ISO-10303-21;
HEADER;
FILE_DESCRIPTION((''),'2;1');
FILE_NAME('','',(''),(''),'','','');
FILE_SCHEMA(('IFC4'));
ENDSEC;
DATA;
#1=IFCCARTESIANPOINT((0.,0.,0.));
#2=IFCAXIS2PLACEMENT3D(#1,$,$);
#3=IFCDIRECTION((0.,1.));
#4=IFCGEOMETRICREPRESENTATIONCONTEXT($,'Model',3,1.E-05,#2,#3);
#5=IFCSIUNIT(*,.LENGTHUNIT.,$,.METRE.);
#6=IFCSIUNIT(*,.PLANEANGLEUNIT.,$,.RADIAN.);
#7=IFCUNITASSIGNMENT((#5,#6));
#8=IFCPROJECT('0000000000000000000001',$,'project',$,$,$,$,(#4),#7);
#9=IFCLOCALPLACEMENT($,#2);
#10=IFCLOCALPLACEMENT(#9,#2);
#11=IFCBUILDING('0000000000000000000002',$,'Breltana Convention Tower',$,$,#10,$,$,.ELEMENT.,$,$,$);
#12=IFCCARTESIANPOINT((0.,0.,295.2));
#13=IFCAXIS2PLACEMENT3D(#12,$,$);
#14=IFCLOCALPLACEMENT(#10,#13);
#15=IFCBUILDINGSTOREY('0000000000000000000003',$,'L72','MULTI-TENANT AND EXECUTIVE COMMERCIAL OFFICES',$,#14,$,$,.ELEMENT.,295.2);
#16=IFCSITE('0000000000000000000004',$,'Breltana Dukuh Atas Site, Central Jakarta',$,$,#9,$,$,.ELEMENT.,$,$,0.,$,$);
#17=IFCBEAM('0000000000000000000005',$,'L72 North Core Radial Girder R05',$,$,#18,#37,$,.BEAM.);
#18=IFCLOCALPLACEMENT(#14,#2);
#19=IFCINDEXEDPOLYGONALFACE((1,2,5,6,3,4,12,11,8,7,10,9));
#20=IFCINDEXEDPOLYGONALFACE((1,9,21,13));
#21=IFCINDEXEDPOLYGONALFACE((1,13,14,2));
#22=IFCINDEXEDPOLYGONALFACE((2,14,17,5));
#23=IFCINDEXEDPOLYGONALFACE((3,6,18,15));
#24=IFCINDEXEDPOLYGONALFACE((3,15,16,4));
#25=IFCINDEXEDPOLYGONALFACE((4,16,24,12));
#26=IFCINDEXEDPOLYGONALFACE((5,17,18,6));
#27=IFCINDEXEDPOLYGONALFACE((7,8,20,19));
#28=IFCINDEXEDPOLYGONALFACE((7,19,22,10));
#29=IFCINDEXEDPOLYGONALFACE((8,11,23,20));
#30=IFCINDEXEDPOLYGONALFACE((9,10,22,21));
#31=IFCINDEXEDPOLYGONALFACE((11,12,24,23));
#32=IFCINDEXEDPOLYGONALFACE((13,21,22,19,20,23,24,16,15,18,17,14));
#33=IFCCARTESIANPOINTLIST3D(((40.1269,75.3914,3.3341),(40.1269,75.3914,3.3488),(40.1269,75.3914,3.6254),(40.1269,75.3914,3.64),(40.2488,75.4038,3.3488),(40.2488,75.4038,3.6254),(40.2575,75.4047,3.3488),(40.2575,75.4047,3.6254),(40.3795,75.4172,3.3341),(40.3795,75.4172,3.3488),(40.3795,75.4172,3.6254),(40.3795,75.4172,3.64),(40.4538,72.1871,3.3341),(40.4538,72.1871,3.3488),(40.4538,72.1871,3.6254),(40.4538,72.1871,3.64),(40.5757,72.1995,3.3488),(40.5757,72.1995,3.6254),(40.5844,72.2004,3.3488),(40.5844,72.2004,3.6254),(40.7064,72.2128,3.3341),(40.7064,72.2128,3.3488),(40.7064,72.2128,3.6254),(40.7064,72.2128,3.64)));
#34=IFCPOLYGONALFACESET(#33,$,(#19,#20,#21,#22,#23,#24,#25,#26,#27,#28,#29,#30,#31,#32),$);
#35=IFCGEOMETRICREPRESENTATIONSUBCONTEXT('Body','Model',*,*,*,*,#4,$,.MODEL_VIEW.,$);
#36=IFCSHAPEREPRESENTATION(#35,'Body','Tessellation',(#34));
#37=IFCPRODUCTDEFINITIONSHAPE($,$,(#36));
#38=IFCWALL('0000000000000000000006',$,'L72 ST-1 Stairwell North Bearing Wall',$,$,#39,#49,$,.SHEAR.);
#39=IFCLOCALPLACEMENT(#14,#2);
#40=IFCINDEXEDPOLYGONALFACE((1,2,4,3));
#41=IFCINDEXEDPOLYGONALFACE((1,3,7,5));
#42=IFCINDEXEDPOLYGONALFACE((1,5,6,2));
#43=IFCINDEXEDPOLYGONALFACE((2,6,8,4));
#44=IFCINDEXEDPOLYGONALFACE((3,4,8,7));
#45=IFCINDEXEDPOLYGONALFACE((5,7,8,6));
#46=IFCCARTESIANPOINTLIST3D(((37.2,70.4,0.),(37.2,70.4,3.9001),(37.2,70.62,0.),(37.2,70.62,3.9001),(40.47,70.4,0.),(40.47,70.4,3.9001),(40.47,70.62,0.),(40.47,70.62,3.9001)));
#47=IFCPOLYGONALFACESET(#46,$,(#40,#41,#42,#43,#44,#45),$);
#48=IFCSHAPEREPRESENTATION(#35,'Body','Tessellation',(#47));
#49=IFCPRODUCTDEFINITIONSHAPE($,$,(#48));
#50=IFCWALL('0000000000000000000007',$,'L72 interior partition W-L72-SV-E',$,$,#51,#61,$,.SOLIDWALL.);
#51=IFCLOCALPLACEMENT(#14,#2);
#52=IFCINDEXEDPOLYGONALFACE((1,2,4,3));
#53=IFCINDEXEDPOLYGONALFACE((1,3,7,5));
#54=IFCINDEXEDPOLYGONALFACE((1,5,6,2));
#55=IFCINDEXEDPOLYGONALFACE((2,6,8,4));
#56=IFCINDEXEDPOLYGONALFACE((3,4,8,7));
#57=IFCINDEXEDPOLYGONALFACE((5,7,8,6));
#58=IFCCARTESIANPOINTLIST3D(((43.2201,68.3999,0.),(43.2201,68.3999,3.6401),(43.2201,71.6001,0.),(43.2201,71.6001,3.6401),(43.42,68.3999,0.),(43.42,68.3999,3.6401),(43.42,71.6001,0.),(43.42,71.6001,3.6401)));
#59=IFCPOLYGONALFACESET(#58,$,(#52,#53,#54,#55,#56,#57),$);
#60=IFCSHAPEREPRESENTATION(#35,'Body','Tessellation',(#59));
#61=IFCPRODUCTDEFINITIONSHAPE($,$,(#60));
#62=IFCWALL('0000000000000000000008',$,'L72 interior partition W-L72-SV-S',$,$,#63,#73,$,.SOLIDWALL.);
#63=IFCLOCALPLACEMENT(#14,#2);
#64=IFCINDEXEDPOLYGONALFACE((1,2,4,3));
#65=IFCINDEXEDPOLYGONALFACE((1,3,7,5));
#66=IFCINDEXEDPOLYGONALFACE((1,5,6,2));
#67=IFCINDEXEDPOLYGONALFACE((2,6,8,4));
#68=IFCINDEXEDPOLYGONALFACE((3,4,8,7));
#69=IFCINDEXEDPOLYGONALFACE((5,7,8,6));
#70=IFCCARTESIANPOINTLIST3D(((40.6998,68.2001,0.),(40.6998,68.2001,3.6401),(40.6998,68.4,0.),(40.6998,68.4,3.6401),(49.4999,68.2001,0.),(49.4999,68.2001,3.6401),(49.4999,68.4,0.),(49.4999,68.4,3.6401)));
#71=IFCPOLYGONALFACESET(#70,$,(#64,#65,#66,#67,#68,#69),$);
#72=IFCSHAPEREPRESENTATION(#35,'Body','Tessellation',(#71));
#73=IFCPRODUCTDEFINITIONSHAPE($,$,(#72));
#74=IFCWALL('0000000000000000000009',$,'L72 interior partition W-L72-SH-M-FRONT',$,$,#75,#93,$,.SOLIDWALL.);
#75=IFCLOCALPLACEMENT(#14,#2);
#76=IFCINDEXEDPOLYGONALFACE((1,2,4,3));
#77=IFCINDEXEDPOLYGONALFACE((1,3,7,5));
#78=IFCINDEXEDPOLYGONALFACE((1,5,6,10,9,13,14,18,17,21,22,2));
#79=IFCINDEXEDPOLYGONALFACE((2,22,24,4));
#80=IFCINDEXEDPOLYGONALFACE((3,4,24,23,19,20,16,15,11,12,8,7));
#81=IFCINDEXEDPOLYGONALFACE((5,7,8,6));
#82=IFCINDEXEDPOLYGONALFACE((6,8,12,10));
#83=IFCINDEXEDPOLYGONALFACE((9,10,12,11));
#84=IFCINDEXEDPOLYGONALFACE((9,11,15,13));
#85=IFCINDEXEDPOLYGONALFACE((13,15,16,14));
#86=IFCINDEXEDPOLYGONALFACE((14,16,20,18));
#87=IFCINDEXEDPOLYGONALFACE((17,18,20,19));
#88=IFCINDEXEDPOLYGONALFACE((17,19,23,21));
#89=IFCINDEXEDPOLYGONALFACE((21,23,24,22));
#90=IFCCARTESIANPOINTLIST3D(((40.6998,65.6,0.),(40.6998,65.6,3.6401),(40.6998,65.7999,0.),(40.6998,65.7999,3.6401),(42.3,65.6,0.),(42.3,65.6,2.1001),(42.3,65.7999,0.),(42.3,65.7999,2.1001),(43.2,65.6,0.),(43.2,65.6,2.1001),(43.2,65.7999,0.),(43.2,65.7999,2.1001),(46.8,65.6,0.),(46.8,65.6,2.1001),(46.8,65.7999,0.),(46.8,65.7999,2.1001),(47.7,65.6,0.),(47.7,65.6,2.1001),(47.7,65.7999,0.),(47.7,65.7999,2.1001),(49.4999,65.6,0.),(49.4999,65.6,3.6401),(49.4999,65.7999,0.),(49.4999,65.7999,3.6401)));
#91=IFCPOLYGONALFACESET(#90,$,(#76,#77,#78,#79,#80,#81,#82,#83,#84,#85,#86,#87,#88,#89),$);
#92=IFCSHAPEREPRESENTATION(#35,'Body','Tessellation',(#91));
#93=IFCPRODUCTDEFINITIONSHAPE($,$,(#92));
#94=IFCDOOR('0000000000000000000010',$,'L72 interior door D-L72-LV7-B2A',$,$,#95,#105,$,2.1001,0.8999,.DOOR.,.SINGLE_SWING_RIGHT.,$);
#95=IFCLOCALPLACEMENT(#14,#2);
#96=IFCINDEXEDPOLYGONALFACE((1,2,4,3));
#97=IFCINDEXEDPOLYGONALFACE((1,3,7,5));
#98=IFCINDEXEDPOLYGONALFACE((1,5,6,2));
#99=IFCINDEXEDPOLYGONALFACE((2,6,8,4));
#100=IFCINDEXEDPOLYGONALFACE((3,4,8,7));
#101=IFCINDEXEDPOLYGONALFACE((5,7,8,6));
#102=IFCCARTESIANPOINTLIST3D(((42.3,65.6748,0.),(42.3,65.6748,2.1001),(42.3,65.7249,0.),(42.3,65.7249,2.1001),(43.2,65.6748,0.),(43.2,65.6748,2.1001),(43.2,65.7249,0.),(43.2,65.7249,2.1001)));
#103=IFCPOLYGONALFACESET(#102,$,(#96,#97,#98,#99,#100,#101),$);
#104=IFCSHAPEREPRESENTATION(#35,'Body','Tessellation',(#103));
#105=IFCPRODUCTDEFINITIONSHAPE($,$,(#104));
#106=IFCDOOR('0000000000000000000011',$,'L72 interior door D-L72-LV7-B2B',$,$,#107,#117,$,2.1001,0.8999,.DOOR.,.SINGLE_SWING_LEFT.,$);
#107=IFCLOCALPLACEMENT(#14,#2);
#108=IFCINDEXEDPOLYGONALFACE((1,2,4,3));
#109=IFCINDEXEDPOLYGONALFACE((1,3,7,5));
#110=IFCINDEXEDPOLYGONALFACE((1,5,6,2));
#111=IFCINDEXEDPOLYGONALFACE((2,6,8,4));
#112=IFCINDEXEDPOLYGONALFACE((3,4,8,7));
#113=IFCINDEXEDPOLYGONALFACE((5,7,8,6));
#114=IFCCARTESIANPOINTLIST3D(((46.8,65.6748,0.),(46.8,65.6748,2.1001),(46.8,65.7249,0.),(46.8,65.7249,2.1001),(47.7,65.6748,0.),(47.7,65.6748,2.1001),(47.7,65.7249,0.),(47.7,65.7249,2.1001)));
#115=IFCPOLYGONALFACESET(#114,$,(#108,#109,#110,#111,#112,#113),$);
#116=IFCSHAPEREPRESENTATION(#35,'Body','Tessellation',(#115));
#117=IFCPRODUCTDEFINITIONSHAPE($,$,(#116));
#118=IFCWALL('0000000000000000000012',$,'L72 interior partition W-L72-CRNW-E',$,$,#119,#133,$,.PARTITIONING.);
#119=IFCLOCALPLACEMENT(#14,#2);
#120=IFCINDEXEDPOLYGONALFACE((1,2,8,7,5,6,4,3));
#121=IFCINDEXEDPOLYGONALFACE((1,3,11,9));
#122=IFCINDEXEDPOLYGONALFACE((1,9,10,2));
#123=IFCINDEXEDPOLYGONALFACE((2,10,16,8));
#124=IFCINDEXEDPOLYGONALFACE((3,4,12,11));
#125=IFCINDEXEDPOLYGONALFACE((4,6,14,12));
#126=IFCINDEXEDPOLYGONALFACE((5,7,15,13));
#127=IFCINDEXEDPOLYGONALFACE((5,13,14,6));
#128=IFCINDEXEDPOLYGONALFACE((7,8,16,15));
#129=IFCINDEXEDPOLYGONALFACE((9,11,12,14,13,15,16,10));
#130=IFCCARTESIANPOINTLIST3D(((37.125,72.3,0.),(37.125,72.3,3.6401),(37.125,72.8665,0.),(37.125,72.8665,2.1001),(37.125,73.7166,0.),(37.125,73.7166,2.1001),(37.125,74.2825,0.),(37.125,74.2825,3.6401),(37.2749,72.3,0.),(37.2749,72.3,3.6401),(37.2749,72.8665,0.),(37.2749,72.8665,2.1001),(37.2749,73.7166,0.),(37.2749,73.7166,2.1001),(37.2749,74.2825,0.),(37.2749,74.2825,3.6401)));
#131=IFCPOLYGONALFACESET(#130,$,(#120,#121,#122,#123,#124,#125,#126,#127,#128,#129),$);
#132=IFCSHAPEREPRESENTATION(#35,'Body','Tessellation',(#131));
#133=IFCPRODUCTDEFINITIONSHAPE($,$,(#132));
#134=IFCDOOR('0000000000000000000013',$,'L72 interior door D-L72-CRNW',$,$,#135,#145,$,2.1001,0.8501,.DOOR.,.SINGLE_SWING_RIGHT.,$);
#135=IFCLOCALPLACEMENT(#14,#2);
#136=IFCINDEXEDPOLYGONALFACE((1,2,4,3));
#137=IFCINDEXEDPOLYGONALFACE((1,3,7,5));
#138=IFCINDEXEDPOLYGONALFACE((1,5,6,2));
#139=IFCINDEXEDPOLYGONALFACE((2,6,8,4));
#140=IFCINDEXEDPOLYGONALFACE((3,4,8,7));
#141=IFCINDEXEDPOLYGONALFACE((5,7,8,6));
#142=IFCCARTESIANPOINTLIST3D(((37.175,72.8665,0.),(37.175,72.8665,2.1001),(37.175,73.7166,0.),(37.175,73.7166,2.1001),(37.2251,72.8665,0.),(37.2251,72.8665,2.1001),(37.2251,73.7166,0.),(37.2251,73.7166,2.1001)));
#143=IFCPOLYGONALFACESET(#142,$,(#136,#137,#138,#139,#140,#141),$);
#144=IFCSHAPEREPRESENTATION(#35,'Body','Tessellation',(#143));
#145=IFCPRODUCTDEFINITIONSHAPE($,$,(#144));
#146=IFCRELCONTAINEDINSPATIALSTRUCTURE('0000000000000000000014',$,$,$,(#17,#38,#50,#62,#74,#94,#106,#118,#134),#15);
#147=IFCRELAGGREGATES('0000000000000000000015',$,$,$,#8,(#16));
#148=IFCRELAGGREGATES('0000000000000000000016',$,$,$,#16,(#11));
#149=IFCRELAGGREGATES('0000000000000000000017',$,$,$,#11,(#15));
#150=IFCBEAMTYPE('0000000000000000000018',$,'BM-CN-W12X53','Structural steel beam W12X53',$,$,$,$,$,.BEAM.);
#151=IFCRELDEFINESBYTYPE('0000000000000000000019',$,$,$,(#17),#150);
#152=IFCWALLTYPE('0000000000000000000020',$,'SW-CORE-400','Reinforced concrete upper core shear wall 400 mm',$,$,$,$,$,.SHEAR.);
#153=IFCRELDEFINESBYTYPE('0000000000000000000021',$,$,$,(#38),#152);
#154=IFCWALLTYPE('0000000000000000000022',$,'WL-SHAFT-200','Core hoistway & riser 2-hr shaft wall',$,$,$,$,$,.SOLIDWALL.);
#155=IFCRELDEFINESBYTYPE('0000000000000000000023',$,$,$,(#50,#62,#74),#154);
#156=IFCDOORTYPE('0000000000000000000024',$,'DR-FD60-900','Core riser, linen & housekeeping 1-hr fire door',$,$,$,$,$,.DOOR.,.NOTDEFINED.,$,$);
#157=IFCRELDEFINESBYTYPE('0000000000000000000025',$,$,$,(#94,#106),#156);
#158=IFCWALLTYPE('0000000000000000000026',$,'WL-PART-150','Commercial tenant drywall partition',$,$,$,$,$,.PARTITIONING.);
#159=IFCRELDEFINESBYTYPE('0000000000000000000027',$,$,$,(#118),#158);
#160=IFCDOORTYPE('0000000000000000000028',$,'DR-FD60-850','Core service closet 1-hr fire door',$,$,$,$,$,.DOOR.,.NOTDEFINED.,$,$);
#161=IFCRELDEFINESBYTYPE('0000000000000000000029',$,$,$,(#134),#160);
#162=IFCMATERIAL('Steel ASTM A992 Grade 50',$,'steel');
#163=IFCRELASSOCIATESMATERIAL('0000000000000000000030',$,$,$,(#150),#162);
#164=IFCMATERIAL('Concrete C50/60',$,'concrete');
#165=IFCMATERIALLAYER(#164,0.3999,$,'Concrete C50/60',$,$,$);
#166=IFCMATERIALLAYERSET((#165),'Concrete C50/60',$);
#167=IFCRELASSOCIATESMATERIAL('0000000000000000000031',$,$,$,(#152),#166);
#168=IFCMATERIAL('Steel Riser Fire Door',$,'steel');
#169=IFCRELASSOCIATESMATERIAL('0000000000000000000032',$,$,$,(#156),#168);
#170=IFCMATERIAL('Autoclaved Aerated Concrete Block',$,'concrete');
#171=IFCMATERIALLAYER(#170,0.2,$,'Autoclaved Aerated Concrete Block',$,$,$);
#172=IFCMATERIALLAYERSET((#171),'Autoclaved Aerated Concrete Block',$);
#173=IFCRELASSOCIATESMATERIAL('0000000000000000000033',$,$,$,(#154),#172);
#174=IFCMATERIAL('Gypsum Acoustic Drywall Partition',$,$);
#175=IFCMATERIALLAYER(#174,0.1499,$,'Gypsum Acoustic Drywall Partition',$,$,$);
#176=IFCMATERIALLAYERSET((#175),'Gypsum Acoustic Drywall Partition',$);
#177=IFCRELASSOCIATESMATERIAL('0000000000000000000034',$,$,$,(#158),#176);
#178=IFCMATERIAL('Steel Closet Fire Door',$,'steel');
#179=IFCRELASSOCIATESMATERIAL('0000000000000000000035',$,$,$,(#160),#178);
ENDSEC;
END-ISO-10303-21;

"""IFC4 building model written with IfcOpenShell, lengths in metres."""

from ifc_helpers import new_model, si_unit, direction, frame, frame_2d, origin, origin_2d, place, context, subcontext, project, spatial, rectangle, i_section, extrude, source, transform, mapped, material, layer, layer_set, material_profile, profile_set, type_object, type_shapes, element, fill, save


model = new_model("IFC4")

# Units and contexts
model_context = context("Model", 3, precision=1e-05, world=origin(), true_north=direction((0.0, 1.0)))
body_context = subcontext(model_context, "Body", "Model", "MODEL_VIEW")
ifc_project = project(units=[si_unit("LENGTHUNIT", "METRE"), si_unit("PLANEANGLEUNIT", "RADIAN")], contexts=[model_context])

# Site, building, storey
site_placement = place(None, origin())
site = spatial("IfcSite", under=ifc_project, at=site_placement, Name="Breltana Dukuh Atas Site, Central Jakarta", CompositionType="ELEMENT", RefElevation=0.0)
building_placement = place(site_placement, origin())
building = spatial("IfcBuilding", under=site, at=building_placement, Name="Breltana Convention Tower", CompositionType="ELEMENT")
storey_placement = place(building_placement, frame((0.0, 0.0, 295.2)))
storey = spatial("IfcBuildingStorey", under=building, at=storey_placement, Name="L72", Description="MULTI-TENANT AND EXECUTIVE COMMERCIAL OFFICES", CompositionType="ELEMENT", Elevation=295.2)

# Beam
ifc_material_1 = material(Name="Steel ASTM A992 Grade 50", Category="steel")
ifc_material_profile = material_profile(ifc_material_1, i_section(OverallWidth=0.2539, OverallDepth=0.3059, WebThickness=0.0088, FlangeThickness=0.0146, at=origin_2d()), Name="W12X53")
ifc_profile_set = profile_set([ifc_material_profile], Name="Steel ASTM A992 Grade 50")
beam_type = type_object("IfcBeamType", Name="BM-CN-W12X53", Description="Structural steel beam W12X53", PredefinedType="BEAM", material=ifc_profile_set)
shared_shape_1 = source(origin(), body_context, "Body", "SweptSolid", [
    extrude(i_section(OverallWidth=0.2539, OverallDepth=0.3059, WebThickness=0.0088, FlangeThickness=0.0146, at=origin_2d()), origin(), (0.0, 0.0, 1.0), 3.2209),
])
beam_placement = place(storey_placement, frame((40.5801, 72.2, 3.4871), z_axis=(-0.101492, 0.994836, 0.0), x_axis=(-0.994836, -0.101492, 0.0)))
element("IfcBeam", 1, at=beam_placement, inside=storey, type_object=beam_type, Name="L72 North Core Radial Girder R05", PredefinedType="BEAM", context=body_context, shape_type="MappedRepresentation", body=[
    mapped(shared_shape_1, transform((0.0, 0.0, 0.0), scale=1.0)),
])

# Wall
ifc_material_2 = material(Name="Concrete C50/60", Category="concrete")
ifc_layer_1 = layer(ifc_material_2, 0.3999, Name="Concrete C50/60")
ifc_layer_set_1 = layer_set([ifc_layer_1], Name="Concrete C50/60")
wall_type_1 = type_object("IfcWallType", Name="SW-CORE-400", Description="Reinforced concrete upper core shear wall 400 mm", PredefinedType="SHEAR", material=ifc_layer_set_1)
shared_shape_2 = source(origin(), body_context, "Body", "SweptSolid", [
    extrude(rectangle(XDim=3.27, YDim=0.22, at=frame_2d((1.635, 0.0))), origin(), (0.0, 0.0, 1.0), 3.9001),
])
wall_1_placement = place(storey_placement, frame((37.2, 70.51, 0.0), z_axis=(0.0, 0.0, 1.0), x_axis=(1.0, 0.0, 0.0)))
element("IfcWall", 2, at=wall_1_placement, inside=storey, type_object=wall_type_1, Name="L72 ST-1 Stairwell North Bearing Wall", PredefinedType="SHEAR", context=body_context, shape_type="MappedRepresentation", body=[
    mapped(shared_shape_2, transform((0.0, 0.0, 0.0), scale=1.0)),
])

# Shared definitions
ifc_material_3 = material(Name="Steel Riser Fire Door", Category="steel")
door_type_1 = type_object("IfcDoorType", Name="DR-FD60-900", Description="Core riser, linen & housekeeping 1-hr fire door", OperationType="NOTDEFINED", PredefinedType="DOOR", material=ifc_material_3)
shared_shape_3 = source(origin(), body_context, "Body", "SweptSolid", [
    extrude(rectangle(XDim=0.8999, YDim=2.1001, at=frame_2d((0.45, 1.05))), frame((0.0, 0.0249, 0.0), z_axis=(0.0, -1.0, 0.0), x_axis=(1.0, 0.0, 0.0)), (0.0, 0.0, 1.0), 0.05),
])
type_shapes(door_type_1, [shared_shape_3])

# Walls
ifc_material_4 = material(Name="Autoclaved Aerated Concrete Block", Category="concrete")
ifc_layer_2 = layer(ifc_material_4, 0.2, Name="Autoclaved Aerated Concrete Block")
ifc_layer_set_2 = layer_set([ifc_layer_2], Name="Autoclaved Aerated Concrete Block")
wall_type_2 = type_object("IfcWallType", Name="WL-SHAFT-200", Description="Core hoistway & riser 2-hr shaft wall", PredefinedType="SOLIDWALL", material=ifc_layer_set_2)
shared_shape_4 = source(origin(), body_context, "Body", "SweptSolid", [
    extrude(rectangle(XDim=3.2002, YDim=0.2, at=frame_2d((1.6001, 0.0))), origin(), (0.0, 0.0, 1.0), 3.6401),
])
wall_2_placement = place(storey_placement, frame((43.3201, 68.3999, 0.0), z_axis=(0.0, 0.0, 1.0), x_axis=(0.0, 1.0, 0.0)))
element("IfcWall", 3, at=wall_2_placement, inside=storey, type_object=wall_type_2, Name="L72 interior partition W-L72-SV-E", PredefinedType="SOLIDWALL", context=body_context, shape_type="MappedRepresentation", body=[
    mapped(shared_shape_4, transform((0.0, 0.0, 0.0), scale=1.0)),
])
shared_shape_5 = source(origin(), body_context, "Body", "SweptSolid", [
    extrude(rectangle(XDim=8.8, YDim=0.2, at=frame_2d((4.3999, 0.0))), origin(), (0.0, 0.0, 1.0), 3.6401),
])
wall_3_placement = place(storey_placement, frame((40.7, 68.3, 0.0), z_axis=(0.0, 0.0, 1.0), x_axis=(1.0, 0.0, 0.0)))
element("IfcWall", 4, at=wall_3_placement, inside=storey, type_object=wall_type_2, Name="L72 interior partition W-L72-SV-S", PredefinedType="SOLIDWALL", context=body_context, shape_type="MappedRepresentation", body=[
    mapped(shared_shape_5, transform((0.0, 0.0, 0.0), scale=1.0)),
])

# Wall, openings, doors
wall_4_placement = place(storey_placement, frame((40.7, 65.7, 0.0), z_axis=(0.0, 0.0, 1.0), x_axis=(1.0, 0.0, 0.0)))
wall_4 = element("IfcWall", 5, at=wall_4_placement, inside=storey, type_object=wall_type_2, Name="L72 interior partition W-L72-SH-M-FRONT", PredefinedType="SOLIDWALL", context=body_context, shape_type="MappedRepresentation", body=[
    mapped(shared_shape_5, transform((0.0, 0.0, 0.0), scale=1.0)),
])
opening_1_placement = place(wall_4_placement, frame((1.6001, 0.0, 0.0)))
opening_1 = element("IfcOpeningElement", 6, at=opening_1_placement, cuts=wall_4, PredefinedType="OPENING", context=body_context, shape_type="SweptSolid", body=[
    extrude(rectangle(XDim=0.8999, YDim=2.1001, at=frame_2d((0.45, 1.05))), frame((0.0, 0.1099, 0.0), z_axis=(0.0, -1.0, 0.0), x_axis=(1.0, 0.0, 0.0)), (0.0, 0.0, 1.0), 0.22),
])
opening_2_placement = place(wall_4_placement, frame((6.1001, 0.0, 0.0)))
opening_2 = element("IfcOpeningElement", 7, at=opening_2_placement, cuts=wall_4, PredefinedType="OPENING", context=body_context, shape_type="SweptSolid", body=[
    extrude(rectangle(XDim=0.8999, YDim=2.1001, at=frame_2d((0.45, 1.05))), frame((0.0, 0.1099, 0.0), z_axis=(0.0, -1.0, 0.0), x_axis=(1.0, 0.0, 0.0)), (0.0, 0.0, 1.0), 0.22),
])
door_1_placement = place(opening_1_placement, origin())
door_1 = element("IfcDoor", 8, at=door_1_placement, inside=storey, type_object=door_type_1, Name="L72 interior door D-L72-LV7-B2A", OperationType="SINGLE_SWING_RIGHT", OverallHeight=2.1001, OverallWidth=0.8999, PredefinedType="DOOR", context=body_context, shape_type="MappedRepresentation", body=[
    mapped(shared_shape_3, transform((0.0, 0.0, 0.0), scale=1.0)),
])
fill(opening_1, door_1)
door_2_placement = place(opening_2_placement, origin())
door_2 = element("IfcDoor", 9, at=door_2_placement, inside=storey, type_object=door_type_1, Name="L72 interior door D-L72-LV7-B2B", OperationType="SINGLE_SWING_LEFT", OverallHeight=2.1001, OverallWidth=0.8999, PredefinedType="DOOR", context=body_context, shape_type="MappedRepresentation", body=[
    mapped(shared_shape_3, transform((0.0, 0.0, 0.0), scale=1.0)),
])
fill(opening_2, door_2)

# Wall, opening, door
ifc_material_5 = material(Name="Gypsum Acoustic Drywall Partition")
ifc_layer_3 = layer(ifc_material_5, 0.1499, Name="Gypsum Acoustic Drywall Partition")
ifc_layer_set_3 = layer_set([ifc_layer_3], Name="Gypsum Acoustic Drywall Partition")
wall_type_3 = type_object("IfcWallType", Name="WL-PART-150", Description="Commercial tenant drywall partition", PredefinedType="PARTITIONING", material=ifc_layer_set_3)
shared_shape_6 = source(origin(), body_context, "Body", "SweptSolid", [
    extrude(rectangle(XDim=1.9824, YDim=0.1499, at=frame_2d((0.9912, 0.0))), origin(), (0.0, 0.0, 1.0), 3.6401),
])
wall_5_placement = place(storey_placement, frame((37.2, 72.3, 0.0), z_axis=(0.0, 0.0, 1.0), x_axis=(0.0, 1.0, 0.0)))
wall_5 = element("IfcWall", 10, at=wall_5_placement, inside=storey, type_object=wall_type_3, Name="L72 interior partition W-L72-CRNW-E", PredefinedType="PARTITIONING", context=body_context, shape_type="MappedRepresentation", body=[
    mapped(shared_shape_6, transform((0.0, 0.0, 0.0), scale=1.0)),
])
opening_3_placement = place(wall_5_placement, frame((0.5664, 0.0, 0.0)))
opening_3 = element("IfcOpeningElement", 11, at=opening_3_placement, cuts=wall_5, PredefinedType="OPENING", context=body_context, shape_type="SweptSolid", body=[
    extrude(rectangle(XDim=0.8501, YDim=2.1001, at=frame_2d((0.425, 1.05))), frame((0.0, 0.085, 0.0), z_axis=(0.0, -1.0, 0.0), x_axis=(1.0, 0.0, 0.0)), (0.0, 0.0, 1.0), 0.1699),
])
ifc_material_6 = material(Name="Steel Closet Fire Door", Category="steel")
door_type_2 = type_object("IfcDoorType", Name="DR-FD60-850", Description="Core service closet 1-hr fire door", OperationType="NOTDEFINED", PredefinedType="DOOR", material=ifc_material_6)
shared_shape_7 = source(origin(), body_context, "Body", "SweptSolid", [
    extrude(rectangle(XDim=0.8501, YDim=2.1001, at=frame_2d((0.425, 1.05))), frame((0.0, 0.0249, 0.0), z_axis=(0.0, -1.0, 0.0), x_axis=(1.0, 0.0, 0.0)), (0.0, 0.0, 1.0), 0.05),
])
type_shapes(door_type_2, [shared_shape_7])
door_3_placement = place(opening_3_placement, origin())
door_3 = element("IfcDoor", 12, at=door_3_placement, inside=storey, type_object=door_type_2, Name="L72 interior door D-L72-CRNW", OperationType="SINGLE_SWING_RIGHT", OverallHeight=2.1001, OverallWidth=0.8501, PredefinedType="DOOR", context=body_context, shape_type="MappedRepresentation", body=[
    mapped(shared_shape_7, transform((0.0, 0.0, 0.0), scale=1.0)),
])
fill(opening_3, door_3)

save(model, "model.ifc")
